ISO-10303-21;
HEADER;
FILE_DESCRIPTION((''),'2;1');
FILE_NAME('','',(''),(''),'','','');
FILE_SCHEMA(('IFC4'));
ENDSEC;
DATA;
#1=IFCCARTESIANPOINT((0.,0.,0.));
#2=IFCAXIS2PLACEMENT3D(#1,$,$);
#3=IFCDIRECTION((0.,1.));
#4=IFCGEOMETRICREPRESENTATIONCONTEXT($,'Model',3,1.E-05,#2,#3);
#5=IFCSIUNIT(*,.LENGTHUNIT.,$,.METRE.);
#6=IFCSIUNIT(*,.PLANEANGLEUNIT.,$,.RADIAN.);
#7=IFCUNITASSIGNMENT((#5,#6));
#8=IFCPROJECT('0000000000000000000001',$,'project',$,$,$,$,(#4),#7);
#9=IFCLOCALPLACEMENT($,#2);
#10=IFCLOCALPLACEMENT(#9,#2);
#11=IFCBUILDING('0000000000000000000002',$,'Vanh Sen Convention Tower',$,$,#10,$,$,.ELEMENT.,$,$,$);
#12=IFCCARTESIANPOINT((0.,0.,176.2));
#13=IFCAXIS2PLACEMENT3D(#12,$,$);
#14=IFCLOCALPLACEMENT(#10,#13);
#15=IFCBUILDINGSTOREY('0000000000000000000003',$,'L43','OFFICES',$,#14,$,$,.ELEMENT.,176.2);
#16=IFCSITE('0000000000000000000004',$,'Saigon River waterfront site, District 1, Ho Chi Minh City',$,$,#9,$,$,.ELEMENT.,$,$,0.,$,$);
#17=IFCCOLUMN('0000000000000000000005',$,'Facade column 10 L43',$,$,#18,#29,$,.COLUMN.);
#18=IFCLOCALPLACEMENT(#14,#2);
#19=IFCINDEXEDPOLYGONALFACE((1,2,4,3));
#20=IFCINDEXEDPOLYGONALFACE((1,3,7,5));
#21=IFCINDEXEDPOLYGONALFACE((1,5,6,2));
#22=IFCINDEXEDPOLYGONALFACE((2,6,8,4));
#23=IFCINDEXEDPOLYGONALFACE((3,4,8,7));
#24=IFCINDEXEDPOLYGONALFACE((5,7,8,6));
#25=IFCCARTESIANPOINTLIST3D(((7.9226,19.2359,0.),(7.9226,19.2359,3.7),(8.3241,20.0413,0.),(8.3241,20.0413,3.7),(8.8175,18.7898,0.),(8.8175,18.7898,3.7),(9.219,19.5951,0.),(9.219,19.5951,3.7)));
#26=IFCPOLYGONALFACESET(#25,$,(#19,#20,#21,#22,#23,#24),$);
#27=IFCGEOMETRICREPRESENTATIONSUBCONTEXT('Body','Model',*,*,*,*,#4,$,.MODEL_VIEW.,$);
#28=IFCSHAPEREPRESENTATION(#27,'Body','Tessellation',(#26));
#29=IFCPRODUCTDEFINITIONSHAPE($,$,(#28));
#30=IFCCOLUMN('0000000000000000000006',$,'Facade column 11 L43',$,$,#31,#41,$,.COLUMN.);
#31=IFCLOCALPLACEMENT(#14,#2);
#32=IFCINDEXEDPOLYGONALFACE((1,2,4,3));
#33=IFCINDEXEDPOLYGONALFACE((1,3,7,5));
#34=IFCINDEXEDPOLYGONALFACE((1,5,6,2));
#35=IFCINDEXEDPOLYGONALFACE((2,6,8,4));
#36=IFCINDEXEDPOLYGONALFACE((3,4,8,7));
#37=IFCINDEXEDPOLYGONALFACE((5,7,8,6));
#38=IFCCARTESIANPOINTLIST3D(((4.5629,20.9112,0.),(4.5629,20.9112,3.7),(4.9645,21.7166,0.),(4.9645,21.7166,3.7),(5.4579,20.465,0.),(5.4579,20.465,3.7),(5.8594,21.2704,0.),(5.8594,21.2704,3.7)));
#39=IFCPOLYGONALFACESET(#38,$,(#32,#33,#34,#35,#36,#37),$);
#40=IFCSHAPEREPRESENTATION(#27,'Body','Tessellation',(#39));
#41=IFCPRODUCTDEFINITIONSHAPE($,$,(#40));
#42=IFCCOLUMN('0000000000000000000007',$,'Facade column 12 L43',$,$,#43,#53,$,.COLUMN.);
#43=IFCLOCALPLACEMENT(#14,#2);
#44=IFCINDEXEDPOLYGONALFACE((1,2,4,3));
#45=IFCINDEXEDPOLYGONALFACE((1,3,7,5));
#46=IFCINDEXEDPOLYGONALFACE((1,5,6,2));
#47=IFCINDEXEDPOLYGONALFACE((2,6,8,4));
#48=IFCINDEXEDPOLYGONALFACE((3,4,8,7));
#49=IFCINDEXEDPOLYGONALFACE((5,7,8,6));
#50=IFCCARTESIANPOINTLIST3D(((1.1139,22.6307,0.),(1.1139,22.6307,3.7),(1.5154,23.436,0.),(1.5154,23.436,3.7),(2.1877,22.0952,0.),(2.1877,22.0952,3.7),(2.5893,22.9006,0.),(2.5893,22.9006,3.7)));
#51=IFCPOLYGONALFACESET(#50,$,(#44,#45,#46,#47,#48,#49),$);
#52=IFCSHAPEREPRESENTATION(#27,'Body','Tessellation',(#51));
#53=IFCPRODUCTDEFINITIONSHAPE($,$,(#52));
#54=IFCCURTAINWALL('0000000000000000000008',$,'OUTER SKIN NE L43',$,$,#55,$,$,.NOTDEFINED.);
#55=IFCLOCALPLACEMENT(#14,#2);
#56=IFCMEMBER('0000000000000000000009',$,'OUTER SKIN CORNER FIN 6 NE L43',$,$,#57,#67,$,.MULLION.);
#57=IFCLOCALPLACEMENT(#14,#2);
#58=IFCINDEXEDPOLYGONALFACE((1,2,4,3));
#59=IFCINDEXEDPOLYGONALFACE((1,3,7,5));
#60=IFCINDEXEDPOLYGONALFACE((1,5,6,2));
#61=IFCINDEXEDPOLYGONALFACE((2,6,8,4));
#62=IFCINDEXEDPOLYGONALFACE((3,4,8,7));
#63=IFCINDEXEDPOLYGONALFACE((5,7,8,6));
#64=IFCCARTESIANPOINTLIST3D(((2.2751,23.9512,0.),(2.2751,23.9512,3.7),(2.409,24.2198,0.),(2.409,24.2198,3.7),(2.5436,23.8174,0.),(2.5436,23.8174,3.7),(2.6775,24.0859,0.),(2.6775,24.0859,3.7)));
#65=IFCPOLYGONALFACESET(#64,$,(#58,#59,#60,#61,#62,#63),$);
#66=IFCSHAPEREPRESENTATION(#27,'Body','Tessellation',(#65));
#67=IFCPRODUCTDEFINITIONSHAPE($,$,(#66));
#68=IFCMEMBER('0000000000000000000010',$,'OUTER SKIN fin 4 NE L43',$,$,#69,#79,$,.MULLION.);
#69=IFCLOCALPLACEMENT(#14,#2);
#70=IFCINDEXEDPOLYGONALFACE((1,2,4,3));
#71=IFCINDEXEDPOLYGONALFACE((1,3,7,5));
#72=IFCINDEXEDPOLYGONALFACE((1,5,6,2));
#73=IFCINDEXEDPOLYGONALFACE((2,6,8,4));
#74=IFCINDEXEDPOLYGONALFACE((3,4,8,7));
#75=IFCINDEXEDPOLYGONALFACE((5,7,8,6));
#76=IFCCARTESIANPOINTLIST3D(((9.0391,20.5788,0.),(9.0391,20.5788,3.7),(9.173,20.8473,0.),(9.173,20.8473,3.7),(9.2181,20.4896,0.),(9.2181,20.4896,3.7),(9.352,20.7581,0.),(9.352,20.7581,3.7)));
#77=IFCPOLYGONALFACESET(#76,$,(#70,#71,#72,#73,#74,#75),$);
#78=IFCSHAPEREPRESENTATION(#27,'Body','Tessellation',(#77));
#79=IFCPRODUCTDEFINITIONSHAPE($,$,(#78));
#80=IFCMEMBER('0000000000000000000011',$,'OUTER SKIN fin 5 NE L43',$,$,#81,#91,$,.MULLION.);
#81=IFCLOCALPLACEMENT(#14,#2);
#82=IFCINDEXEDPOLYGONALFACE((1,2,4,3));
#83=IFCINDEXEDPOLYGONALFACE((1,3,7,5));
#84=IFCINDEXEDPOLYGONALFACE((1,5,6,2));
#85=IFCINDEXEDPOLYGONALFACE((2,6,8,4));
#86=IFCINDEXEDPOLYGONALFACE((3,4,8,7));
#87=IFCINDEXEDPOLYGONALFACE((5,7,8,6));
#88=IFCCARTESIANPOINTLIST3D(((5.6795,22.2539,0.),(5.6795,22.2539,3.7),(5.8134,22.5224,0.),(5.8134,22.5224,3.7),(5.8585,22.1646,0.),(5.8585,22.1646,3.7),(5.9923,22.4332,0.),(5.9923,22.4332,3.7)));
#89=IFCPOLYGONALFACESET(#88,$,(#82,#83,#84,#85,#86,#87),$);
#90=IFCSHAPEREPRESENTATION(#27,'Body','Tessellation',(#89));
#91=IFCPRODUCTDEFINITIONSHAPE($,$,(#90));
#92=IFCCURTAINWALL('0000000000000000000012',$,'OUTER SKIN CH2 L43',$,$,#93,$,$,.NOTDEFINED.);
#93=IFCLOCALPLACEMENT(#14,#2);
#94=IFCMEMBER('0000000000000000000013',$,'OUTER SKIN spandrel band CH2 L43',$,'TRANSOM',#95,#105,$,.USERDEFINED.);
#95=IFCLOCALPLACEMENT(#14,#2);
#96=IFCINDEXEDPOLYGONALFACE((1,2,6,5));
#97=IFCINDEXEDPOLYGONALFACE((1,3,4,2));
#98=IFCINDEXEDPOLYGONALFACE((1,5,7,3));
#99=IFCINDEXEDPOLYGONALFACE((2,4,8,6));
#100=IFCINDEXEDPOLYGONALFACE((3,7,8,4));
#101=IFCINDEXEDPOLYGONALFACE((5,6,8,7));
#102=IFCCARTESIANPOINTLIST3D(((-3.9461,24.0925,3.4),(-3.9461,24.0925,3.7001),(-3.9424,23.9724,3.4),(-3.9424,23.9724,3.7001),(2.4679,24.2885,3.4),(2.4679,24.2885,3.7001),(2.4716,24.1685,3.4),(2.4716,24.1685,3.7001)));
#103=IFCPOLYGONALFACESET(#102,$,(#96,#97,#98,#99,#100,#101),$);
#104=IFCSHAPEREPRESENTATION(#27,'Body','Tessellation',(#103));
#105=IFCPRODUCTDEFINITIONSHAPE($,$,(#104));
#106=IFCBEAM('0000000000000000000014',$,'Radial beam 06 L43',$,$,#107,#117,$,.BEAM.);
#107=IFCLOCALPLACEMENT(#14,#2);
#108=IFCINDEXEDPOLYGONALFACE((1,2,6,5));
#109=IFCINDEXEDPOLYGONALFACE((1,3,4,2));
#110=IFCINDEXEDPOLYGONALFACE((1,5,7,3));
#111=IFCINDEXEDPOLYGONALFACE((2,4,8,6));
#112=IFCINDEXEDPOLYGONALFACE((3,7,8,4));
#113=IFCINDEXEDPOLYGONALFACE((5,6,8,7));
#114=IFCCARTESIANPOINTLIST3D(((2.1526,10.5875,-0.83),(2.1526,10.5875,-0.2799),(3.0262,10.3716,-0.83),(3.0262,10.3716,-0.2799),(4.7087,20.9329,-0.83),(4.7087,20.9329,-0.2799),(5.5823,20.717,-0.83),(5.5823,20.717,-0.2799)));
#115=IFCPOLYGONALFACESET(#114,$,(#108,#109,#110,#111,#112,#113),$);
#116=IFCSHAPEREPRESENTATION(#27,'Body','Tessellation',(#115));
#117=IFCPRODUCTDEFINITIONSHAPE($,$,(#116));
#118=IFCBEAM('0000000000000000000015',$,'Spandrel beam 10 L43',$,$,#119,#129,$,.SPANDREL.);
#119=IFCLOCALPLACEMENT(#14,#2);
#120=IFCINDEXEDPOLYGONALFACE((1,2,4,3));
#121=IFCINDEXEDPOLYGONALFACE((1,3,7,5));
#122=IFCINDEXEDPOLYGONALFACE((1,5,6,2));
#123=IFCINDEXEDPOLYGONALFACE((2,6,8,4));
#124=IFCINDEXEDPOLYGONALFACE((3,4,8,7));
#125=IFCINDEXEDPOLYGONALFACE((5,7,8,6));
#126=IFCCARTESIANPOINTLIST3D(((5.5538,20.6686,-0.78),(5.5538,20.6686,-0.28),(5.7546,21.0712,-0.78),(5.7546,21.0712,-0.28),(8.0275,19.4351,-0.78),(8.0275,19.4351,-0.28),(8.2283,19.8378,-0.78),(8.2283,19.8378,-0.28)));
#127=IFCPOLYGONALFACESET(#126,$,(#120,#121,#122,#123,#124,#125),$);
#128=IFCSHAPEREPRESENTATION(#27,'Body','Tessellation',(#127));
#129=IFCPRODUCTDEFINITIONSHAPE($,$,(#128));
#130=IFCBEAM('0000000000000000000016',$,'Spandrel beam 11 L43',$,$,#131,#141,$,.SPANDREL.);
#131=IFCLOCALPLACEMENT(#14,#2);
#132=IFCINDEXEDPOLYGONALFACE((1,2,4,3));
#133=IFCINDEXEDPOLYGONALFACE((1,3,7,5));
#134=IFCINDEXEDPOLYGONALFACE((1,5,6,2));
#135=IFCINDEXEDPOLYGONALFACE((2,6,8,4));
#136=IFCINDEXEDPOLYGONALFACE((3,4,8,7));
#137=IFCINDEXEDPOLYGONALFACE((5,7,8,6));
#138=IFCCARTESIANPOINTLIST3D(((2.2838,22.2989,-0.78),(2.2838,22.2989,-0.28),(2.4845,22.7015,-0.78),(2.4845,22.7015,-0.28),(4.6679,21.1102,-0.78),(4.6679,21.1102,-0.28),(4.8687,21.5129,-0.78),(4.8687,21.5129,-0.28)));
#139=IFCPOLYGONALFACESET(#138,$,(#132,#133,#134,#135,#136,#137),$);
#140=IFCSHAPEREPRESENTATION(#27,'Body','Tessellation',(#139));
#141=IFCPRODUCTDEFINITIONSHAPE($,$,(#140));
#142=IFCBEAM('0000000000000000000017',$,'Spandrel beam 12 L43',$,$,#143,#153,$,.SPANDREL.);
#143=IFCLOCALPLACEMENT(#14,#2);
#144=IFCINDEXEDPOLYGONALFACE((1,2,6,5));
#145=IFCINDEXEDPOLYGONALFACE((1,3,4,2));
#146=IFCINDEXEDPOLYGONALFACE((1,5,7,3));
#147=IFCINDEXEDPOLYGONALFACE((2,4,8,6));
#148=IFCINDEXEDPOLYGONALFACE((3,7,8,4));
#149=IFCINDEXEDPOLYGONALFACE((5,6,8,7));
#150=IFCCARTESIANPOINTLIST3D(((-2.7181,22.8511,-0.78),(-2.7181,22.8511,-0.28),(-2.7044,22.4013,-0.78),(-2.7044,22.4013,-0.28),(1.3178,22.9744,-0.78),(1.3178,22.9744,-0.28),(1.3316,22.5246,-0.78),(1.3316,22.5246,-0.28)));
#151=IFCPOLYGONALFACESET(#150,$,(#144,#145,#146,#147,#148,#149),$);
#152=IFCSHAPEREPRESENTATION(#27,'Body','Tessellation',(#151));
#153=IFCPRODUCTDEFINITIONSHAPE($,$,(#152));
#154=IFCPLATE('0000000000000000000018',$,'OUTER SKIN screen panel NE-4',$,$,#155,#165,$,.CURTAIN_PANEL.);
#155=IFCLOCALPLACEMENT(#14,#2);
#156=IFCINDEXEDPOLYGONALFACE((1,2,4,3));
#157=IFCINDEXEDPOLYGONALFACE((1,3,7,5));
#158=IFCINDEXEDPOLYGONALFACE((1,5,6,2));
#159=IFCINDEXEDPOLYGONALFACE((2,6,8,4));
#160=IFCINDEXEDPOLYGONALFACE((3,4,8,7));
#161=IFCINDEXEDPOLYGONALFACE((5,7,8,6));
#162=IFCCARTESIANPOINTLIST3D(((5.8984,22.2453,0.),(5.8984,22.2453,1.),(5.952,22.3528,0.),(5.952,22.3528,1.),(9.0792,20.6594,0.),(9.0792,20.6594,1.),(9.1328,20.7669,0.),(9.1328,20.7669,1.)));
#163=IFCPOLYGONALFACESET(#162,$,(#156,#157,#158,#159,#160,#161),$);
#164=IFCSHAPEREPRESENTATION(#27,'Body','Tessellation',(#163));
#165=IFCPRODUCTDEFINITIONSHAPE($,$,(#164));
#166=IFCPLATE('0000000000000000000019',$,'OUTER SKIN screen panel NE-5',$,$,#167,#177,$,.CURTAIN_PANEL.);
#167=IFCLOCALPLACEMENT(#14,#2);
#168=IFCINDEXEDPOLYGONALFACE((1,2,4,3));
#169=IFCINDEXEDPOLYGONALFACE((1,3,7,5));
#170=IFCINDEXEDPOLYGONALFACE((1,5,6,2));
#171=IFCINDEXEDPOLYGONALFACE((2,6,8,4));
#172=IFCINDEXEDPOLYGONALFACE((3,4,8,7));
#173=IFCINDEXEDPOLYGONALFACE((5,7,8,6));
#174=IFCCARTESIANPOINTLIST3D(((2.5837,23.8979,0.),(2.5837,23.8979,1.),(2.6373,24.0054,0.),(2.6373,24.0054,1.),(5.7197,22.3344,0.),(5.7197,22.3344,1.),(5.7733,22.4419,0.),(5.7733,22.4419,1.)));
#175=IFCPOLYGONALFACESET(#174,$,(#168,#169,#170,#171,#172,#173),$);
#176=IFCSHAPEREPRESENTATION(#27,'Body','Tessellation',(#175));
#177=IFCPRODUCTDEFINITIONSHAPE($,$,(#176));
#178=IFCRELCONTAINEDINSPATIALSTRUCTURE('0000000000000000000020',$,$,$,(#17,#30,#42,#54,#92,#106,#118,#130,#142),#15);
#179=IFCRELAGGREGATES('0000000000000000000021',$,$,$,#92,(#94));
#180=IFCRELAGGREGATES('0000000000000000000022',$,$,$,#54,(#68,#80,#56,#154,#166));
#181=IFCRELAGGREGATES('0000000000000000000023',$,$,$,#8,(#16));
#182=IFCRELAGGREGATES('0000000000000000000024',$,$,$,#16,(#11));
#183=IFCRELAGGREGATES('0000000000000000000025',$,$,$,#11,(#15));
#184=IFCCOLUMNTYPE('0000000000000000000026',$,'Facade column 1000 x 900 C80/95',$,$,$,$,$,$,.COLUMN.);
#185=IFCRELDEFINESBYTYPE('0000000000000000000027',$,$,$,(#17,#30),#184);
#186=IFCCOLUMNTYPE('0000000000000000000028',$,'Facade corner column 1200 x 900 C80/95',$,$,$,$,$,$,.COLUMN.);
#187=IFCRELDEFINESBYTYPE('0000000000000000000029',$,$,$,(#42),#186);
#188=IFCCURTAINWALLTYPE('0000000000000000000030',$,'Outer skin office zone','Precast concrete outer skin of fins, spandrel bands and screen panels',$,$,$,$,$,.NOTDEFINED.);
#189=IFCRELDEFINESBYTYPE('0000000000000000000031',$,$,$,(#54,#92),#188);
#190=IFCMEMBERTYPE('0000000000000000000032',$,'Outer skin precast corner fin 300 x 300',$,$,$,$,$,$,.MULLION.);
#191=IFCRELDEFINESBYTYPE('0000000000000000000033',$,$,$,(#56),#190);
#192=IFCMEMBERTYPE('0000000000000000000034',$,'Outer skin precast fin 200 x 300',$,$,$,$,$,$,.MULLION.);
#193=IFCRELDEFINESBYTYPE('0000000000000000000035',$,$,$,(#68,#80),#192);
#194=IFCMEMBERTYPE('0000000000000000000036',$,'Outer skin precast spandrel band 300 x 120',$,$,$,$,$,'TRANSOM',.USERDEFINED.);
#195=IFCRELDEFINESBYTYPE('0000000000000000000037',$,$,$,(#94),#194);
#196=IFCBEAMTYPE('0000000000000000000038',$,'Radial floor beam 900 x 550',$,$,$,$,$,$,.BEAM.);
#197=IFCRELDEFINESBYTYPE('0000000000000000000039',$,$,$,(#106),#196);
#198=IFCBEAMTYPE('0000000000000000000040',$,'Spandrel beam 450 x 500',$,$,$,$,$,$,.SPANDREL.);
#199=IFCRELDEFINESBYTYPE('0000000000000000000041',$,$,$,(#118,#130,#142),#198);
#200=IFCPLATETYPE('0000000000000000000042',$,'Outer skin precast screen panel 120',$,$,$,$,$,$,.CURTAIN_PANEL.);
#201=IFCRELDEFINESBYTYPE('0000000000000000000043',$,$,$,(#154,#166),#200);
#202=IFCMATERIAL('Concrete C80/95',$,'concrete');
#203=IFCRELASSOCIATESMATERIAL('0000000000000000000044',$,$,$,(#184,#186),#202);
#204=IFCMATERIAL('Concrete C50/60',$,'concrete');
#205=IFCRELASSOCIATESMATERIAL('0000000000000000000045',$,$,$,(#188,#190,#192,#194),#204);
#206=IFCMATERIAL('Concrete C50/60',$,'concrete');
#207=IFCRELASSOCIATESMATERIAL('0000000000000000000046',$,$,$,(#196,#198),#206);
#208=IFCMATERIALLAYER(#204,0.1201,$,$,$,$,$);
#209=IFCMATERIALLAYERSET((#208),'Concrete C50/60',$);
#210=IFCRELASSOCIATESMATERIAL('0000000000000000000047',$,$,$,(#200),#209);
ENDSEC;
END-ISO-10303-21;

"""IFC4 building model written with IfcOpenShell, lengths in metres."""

from ifc_helpers import new_model, si_unit, direction, frame, origin, origin_2d, place, context, subcontext, project, spatial, rectangle, extrude, material, layer, layer_set, material_profile, profile_set, type_object, element, aggregate, save


model = new_model("IFC4")

# Units and contexts
model_context = context("Model", 3, precision=1e-05, world=origin(), true_north=direction((0.0, 1.0)))
body_context = subcontext(model_context, "Body", "Model", "MODEL_VIEW")
ifc_project = project(units=[si_unit("LENGTHUNIT", "METRE"), si_unit("PLANEANGLEUNIT", "RADIAN")], contexts=[model_context])

# Site, building, storey
site_placement = place(None, origin())
site = spatial("IfcSite", under=ifc_project, at=site_placement, Name="Saigon River waterfront site, District 1, Ho Chi Minh City", CompositionType="ELEMENT", RefElevation=0.0)
building_placement = place(site_placement, origin())
building = spatial("IfcBuilding", under=site, at=building_placement, Name="Vanh Sen Convention Tower", CompositionType="ELEMENT")
storey_placement = place(building_placement, frame((0.0, 0.0, 176.2)))
storey = spatial("IfcBuildingStorey", under=building, at=storey_placement, Name="L43", Description="OFFICES", CompositionType="ELEMENT", Elevation=176.2)

# Columns
ifc_material_1 = material(Name="Concrete C80/95", Category="concrete")
ifc_material_profile_1 = material_profile(ifc_material_1, rectangle(XDim=1.0, YDim=0.8999, at=origin_2d()), Name="RC 1000X900")
ifc_profile_set_1 = profile_set([ifc_material_profile_1], Name="Concrete C80/95")
column_type_1 = type_object("IfcColumnType", Name="Facade column 1000 x 900 C80/95", PredefinedType="COLUMN", material=ifc_profile_set_1)
for number, where, z_axis, x_axis, name in (
    (1, (8.5708, 19.4155, 0.0), (0.0, 0.0, 1.0), (-0.894934, 0.446198, 0.0), "Facade column 10 L43"),
    (2, (5.2112, 21.0908, 0.0), (0.0, 0.0, 1.0), (-0.894934, 0.446198, 0.0), "Facade column 11 L43"),
):
    element("IfcColumn", number, at=place(storey_placement, frame(where, z_axis=z_axis, x_axis=x_axis)), inside=storey, type_object=column_type_1, Name=name, PredefinedType="COLUMN", context=body_context, shape_type="SweptSolid", body=[
        extrude(rectangle(XDim=1.0, YDim=0.8999, at=origin_2d()), origin(), (0.0, 0.0, 1.0), 3.7),
    ])
ifc_material_profile_2 = material_profile(ifc_material_1, rectangle(XDim=1.2, YDim=0.8999, at=origin_2d()), Name="RC 1200X900")
ifc_profile_set_2 = profile_set([ifc_material_profile_2], Name="Concrete C80/95")
column_type_2 = type_object("IfcColumnType", Name="Facade corner column 1200 x 900 C80/95", PredefinedType="COLUMN", material=ifc_profile_set_2)
column_placement = place(storey_placement, frame((1.8516, 22.7656, 0.0), z_axis=(0.0, 0.0, 1.0), x_axis=(-0.894934, 0.446198, 0.0)))
element("IfcColumn", 3, at=column_placement, inside=storey, type_object=column_type_2, Name="Facade column 12 L43", PredefinedType="COLUMN", context=body_context, shape_type="SweptSolid", body=[
    extrude(rectangle(XDim=1.2, YDim=0.8999, at=origin_2d()), origin(), (0.0, 0.0, 1.0), 3.7),
])

# Curtain wall, members
ifc_material_2 = material(Name="Concrete C50/60", Category="concrete")
curtain_wall_type = type_object("IfcCurtainWallType", Name="Outer skin office zone", Description="Precast concrete outer skin of fins, spandrel bands and screen panels", PredefinedType="NOTDEFINED", material=ifc_material_2)
curtain_wall_1_placement = place(storey_placement, origin())
curtain_wall_1 = element("IfcCurtainWall", 4, at=curtain_wall_1_placement, inside=storey, type_object=curtain_wall_type, Name="OUTER SKIN NE L43", PredefinedType="NOTDEFINED")
ifc_material_profile_3 = material_profile(ifc_material_2, rectangle(XDim=0.3, YDim=0.3, at=origin_2d()), Name="Outer skin precast corner fin 300 x 300")
ifc_profile_set_3 = profile_set([ifc_material_profile_3], Name="Concrete C50/60")
member_type_1 = type_object("IfcMemberType", Name="Outer skin precast corner fin 300 x 300", PredefinedType="MULLION", material=ifc_profile_set_3)
member_1_placement = place(storey_placement, frame((2.4763, 24.0186, 0.0), z_axis=(0.0, 0.0, 1.0), x_axis=(-0.894934, 0.446198, 0.0)))
member_1 = element("IfcMember", 5, at=member_1_placement, type_object=member_type_1, Name="OUTER SKIN CORNER FIN 6 NE L43", PredefinedType="MULLION", context=body_context, shape_type="SweptSolid", body=[
    extrude(rectangle(XDim=0.3, YDim=0.3, at=origin_2d()), origin(), (0.0, 0.0, 1.0), 3.7),
])
ifc_material_profile_4 = material_profile(ifc_material_2, rectangle(XDim=0.2, YDim=0.3, at=origin_2d()), Name="Outer skin precast fin 200 x 300")
ifc_profile_set_4 = profile_set([ifc_material_profile_4], Name="Concrete C50/60")
member_type_2 = type_object("IfcMemberType", Name="Outer skin precast fin 200 x 300", PredefinedType="MULLION", material=ifc_profile_set_4)
member_2_placement = place(storey_placement, frame((9.1956, 20.6685, 0.0), z_axis=(0.0, 0.0, 1.0), x_axis=(-0.894934, 0.446198, 0.0)))
member_2 = element("IfcMember", 6, at=member_2_placement, type_object=member_type_2, Name="OUTER SKIN fin 4 NE L43", PredefinedType="MULLION", context=body_context, shape_type="SweptSolid", body=[
    extrude(rectangle(XDim=0.2, YDim=0.3, at=origin_2d()), origin(), (0.0, 0.0, 1.0), 3.7),
])
member_3_placement = place(storey_placement, frame((5.8359, 22.3435, 0.0), z_axis=(0.0, 0.0, 1.0), x_axis=(-0.894934, 0.446198, 0.0)))
member_3 = element("IfcMember", 7, at=member_3_placement, type_object=member_type_2, Name="OUTER SKIN fin 5 NE L43", PredefinedType="MULLION", context=body_context, shape_type="SweptSolid", body=[
    extrude(rectangle(XDim=0.2, YDim=0.3, at=origin_2d()), origin(), (0.0, 0.0, 1.0), 3.7),
])

# Curtain wall, member
curtain_wall_2_placement = place(storey_placement, origin())
curtain_wall_2 = element("IfcCurtainWall", 8, at=curtain_wall_2_placement, inside=storey, type_object=curtain_wall_type, Name="OUTER SKIN CH2 L43", PredefinedType="NOTDEFINED")
ifc_material_profile_5 = material_profile(ifc_material_2, rectangle(XDim=0.1201, YDim=0.3, at=origin_2d()), Name="Outer skin precast spandrel band 300 x 120")
ifc_profile_set_5 = profile_set([ifc_material_profile_5], Name="Concrete C50/60")
member_type_3 = type_object("IfcMemberType", Name="Outer skin precast spandrel band 300 x 120", ElementType="TRANSOM", PredefinedType="USERDEFINED", material=ifc_profile_set_5)
member_4_placement = place(storey_placement, frame((2.4697, 24.2285, 3.55), z_axis=(-0.999533, -0.030551, 0.0), x_axis=(0.030551, -0.999533, 0.0)))
member_4 = element("IfcMember", 9, at=member_4_placement, type_object=member_type_3, Name="OUTER SKIN spandrel band CH2 L43", ObjectType="TRANSOM", PredefinedType="USERDEFINED", context=body_context, shape_type="SweptSolid", body=[
    extrude(rectangle(XDim=0.1201, YDim=0.3, at=origin_2d()), origin(), (0.0, 0.0, 1.0), 6.417),
])
aggregate(curtain_wall_2, [member_4])

# Beams
ifc_material_3 = material(Name="Concrete C50/60", Category="concrete")
ifc_material_profile_6 = material_profile(ifc_material_3, rectangle(XDim=0.8999, YDim=0.55, at=origin_2d()), Name="RC 900X550")
ifc_profile_set_6 = profile_set([ifc_material_profile_6], Name="Concrete C50/60")
beam_type_1 = type_object("IfcBeamType", Name="Radial floor beam 900 x 550", PredefinedType="BEAM", material=ifc_profile_set_6)
beam_1_placement = place(storey_placement, frame((5.1455, 20.825, -0.5549), z_axis=(-0.239866, -0.970806, 0.0), x_axis=(0.970806, -0.239866, 0.0)))
element("IfcBeam", 10, at=beam_1_placement, inside=storey, type_object=beam_type_1, Name="Radial beam 06 L43", PredefinedType="BEAM", context=body_context, shape_type="SweptSolid", body=[
    extrude(rectangle(XDim=0.8999, YDim=0.55, at=origin_2d()), origin(), (0.0, 0.0, 1.0), 10.6565),
])
ifc_material_profile_7 = material_profile(ifc_material_3, rectangle(XDim=0.45, YDim=0.5, at=origin_2d()), Name="RC 450X500")
ifc_profile_set_7 = profile_set([ifc_material_profile_7], Name="Concrete C50/60")
beam_type_2 = type_object("IfcBeamType", Name="Spandrel beam 450 x 500", PredefinedType="SPANDREL", material=ifc_profile_set_7)
beam_2_placement = place(storey_placement, frame((8.1279, 19.6365, -0.53), z_axis=(-0.894921, 0.446224, 0.0), x_axis=(-0.446224, -0.894921, 0.0)))
element("IfcBeam", 11, at=beam_2_placement, inside=storey, type_object=beam_type_2, Name="Spandrel beam 10 L43", PredefinedType="SPANDREL", context=body_context, shape_type="SweptSolid", body=[
    extrude(rectangle(XDim=0.45, YDim=0.5, at=origin_2d()), origin(), (0.0, 0.0, 1.0), 2.7642),
])
beam_3_placement = place(storey_placement, frame((4.7683, 21.3115, -0.53), z_axis=(-0.89494, 0.446187, 0.0), x_axis=(-0.446187, -0.89494, 0.0)))
element("IfcBeam", 12, at=beam_3_placement, inside=storey, type_object=beam_type_2, Name="Spandrel beam 11 L43", PredefinedType="SPANDREL", context=body_context, shape_type="SweptSolid", body=[
    extrude(rectangle(XDim=0.45, YDim=0.5, at=origin_2d()), origin(), (0.0, 0.0, 1.0), 2.6641),
])
beam_4_placement = place(storey_placement, frame((1.3247, 22.7495, -0.53), z_axis=(-0.999534, -0.030534, 0.0), x_axis=(0.030534, -0.999534, 0.0)))
element("IfcBeam", 13, at=beam_4_placement, inside=storey, type_object=beam_type_2, Name="Spandrel beam 12 L43", PredefinedType="SPANDREL", context=body_context, shape_type="SweptSolid", body=[
    extrude(rectangle(XDim=0.45, YDim=0.5, at=origin_2d()), origin(), (0.0, 0.0, 1.0), 4.0378),
])

# Plates
ifc_layer_1 = layer(ifc_material_2, 0.1201)
ifc_layer_set_1 = layer_set([ifc_layer_1], Name="Concrete C50/60")
plate_type = type_object("IfcPlateType", Name="Outer skin precast screen panel 120", PredefinedType="CURTAIN_PANEL", material=ifc_layer_set_1)
plate_1_placement = place(storey_placement, frame((7.5156, 21.5061, 0.0), z_axis=(0.0, 0.0, 1.0), x_axis=(-0.894933, 0.446201, 0.0)))
plate_1 = element("IfcPlate", 14, at=plate_1_placement, type_object=plate_type, Name="OUTER SKIN screen panel NE-4", PredefinedType="CURTAIN_PANEL", context=body_context, shape_type="SweptSolid", body=[
    extrude(rectangle(XDim=3.5542, YDim=0.1201, at=origin_2d()), origin(), (0.0, 0.0, 1.0), 1.0),
])
plate_2_placement = place(storey_placement, frame((4.1785, 23.1699, 0.0), z_axis=(0.0, 0.0, 1.0), x_axis=(-0.894944, 0.446179, 0.0)))
plate_2 = element("IfcPlate", 15, at=plate_2_placement, type_object=plate_type, Name="OUTER SKIN screen panel NE-5", PredefinedType="CURTAIN_PANEL", context=body_context, shape_type="SweptSolid", body=[
    extrude(rectangle(XDim=3.5042, YDim=0.1201, at=origin_2d()), origin(), (0.0, 0.0, 1.0), 1.0),
])
aggregate(curtain_wall_1, [member_2, member_3, member_1, plate_1, plate_2])

save(model, "model.ifc")
